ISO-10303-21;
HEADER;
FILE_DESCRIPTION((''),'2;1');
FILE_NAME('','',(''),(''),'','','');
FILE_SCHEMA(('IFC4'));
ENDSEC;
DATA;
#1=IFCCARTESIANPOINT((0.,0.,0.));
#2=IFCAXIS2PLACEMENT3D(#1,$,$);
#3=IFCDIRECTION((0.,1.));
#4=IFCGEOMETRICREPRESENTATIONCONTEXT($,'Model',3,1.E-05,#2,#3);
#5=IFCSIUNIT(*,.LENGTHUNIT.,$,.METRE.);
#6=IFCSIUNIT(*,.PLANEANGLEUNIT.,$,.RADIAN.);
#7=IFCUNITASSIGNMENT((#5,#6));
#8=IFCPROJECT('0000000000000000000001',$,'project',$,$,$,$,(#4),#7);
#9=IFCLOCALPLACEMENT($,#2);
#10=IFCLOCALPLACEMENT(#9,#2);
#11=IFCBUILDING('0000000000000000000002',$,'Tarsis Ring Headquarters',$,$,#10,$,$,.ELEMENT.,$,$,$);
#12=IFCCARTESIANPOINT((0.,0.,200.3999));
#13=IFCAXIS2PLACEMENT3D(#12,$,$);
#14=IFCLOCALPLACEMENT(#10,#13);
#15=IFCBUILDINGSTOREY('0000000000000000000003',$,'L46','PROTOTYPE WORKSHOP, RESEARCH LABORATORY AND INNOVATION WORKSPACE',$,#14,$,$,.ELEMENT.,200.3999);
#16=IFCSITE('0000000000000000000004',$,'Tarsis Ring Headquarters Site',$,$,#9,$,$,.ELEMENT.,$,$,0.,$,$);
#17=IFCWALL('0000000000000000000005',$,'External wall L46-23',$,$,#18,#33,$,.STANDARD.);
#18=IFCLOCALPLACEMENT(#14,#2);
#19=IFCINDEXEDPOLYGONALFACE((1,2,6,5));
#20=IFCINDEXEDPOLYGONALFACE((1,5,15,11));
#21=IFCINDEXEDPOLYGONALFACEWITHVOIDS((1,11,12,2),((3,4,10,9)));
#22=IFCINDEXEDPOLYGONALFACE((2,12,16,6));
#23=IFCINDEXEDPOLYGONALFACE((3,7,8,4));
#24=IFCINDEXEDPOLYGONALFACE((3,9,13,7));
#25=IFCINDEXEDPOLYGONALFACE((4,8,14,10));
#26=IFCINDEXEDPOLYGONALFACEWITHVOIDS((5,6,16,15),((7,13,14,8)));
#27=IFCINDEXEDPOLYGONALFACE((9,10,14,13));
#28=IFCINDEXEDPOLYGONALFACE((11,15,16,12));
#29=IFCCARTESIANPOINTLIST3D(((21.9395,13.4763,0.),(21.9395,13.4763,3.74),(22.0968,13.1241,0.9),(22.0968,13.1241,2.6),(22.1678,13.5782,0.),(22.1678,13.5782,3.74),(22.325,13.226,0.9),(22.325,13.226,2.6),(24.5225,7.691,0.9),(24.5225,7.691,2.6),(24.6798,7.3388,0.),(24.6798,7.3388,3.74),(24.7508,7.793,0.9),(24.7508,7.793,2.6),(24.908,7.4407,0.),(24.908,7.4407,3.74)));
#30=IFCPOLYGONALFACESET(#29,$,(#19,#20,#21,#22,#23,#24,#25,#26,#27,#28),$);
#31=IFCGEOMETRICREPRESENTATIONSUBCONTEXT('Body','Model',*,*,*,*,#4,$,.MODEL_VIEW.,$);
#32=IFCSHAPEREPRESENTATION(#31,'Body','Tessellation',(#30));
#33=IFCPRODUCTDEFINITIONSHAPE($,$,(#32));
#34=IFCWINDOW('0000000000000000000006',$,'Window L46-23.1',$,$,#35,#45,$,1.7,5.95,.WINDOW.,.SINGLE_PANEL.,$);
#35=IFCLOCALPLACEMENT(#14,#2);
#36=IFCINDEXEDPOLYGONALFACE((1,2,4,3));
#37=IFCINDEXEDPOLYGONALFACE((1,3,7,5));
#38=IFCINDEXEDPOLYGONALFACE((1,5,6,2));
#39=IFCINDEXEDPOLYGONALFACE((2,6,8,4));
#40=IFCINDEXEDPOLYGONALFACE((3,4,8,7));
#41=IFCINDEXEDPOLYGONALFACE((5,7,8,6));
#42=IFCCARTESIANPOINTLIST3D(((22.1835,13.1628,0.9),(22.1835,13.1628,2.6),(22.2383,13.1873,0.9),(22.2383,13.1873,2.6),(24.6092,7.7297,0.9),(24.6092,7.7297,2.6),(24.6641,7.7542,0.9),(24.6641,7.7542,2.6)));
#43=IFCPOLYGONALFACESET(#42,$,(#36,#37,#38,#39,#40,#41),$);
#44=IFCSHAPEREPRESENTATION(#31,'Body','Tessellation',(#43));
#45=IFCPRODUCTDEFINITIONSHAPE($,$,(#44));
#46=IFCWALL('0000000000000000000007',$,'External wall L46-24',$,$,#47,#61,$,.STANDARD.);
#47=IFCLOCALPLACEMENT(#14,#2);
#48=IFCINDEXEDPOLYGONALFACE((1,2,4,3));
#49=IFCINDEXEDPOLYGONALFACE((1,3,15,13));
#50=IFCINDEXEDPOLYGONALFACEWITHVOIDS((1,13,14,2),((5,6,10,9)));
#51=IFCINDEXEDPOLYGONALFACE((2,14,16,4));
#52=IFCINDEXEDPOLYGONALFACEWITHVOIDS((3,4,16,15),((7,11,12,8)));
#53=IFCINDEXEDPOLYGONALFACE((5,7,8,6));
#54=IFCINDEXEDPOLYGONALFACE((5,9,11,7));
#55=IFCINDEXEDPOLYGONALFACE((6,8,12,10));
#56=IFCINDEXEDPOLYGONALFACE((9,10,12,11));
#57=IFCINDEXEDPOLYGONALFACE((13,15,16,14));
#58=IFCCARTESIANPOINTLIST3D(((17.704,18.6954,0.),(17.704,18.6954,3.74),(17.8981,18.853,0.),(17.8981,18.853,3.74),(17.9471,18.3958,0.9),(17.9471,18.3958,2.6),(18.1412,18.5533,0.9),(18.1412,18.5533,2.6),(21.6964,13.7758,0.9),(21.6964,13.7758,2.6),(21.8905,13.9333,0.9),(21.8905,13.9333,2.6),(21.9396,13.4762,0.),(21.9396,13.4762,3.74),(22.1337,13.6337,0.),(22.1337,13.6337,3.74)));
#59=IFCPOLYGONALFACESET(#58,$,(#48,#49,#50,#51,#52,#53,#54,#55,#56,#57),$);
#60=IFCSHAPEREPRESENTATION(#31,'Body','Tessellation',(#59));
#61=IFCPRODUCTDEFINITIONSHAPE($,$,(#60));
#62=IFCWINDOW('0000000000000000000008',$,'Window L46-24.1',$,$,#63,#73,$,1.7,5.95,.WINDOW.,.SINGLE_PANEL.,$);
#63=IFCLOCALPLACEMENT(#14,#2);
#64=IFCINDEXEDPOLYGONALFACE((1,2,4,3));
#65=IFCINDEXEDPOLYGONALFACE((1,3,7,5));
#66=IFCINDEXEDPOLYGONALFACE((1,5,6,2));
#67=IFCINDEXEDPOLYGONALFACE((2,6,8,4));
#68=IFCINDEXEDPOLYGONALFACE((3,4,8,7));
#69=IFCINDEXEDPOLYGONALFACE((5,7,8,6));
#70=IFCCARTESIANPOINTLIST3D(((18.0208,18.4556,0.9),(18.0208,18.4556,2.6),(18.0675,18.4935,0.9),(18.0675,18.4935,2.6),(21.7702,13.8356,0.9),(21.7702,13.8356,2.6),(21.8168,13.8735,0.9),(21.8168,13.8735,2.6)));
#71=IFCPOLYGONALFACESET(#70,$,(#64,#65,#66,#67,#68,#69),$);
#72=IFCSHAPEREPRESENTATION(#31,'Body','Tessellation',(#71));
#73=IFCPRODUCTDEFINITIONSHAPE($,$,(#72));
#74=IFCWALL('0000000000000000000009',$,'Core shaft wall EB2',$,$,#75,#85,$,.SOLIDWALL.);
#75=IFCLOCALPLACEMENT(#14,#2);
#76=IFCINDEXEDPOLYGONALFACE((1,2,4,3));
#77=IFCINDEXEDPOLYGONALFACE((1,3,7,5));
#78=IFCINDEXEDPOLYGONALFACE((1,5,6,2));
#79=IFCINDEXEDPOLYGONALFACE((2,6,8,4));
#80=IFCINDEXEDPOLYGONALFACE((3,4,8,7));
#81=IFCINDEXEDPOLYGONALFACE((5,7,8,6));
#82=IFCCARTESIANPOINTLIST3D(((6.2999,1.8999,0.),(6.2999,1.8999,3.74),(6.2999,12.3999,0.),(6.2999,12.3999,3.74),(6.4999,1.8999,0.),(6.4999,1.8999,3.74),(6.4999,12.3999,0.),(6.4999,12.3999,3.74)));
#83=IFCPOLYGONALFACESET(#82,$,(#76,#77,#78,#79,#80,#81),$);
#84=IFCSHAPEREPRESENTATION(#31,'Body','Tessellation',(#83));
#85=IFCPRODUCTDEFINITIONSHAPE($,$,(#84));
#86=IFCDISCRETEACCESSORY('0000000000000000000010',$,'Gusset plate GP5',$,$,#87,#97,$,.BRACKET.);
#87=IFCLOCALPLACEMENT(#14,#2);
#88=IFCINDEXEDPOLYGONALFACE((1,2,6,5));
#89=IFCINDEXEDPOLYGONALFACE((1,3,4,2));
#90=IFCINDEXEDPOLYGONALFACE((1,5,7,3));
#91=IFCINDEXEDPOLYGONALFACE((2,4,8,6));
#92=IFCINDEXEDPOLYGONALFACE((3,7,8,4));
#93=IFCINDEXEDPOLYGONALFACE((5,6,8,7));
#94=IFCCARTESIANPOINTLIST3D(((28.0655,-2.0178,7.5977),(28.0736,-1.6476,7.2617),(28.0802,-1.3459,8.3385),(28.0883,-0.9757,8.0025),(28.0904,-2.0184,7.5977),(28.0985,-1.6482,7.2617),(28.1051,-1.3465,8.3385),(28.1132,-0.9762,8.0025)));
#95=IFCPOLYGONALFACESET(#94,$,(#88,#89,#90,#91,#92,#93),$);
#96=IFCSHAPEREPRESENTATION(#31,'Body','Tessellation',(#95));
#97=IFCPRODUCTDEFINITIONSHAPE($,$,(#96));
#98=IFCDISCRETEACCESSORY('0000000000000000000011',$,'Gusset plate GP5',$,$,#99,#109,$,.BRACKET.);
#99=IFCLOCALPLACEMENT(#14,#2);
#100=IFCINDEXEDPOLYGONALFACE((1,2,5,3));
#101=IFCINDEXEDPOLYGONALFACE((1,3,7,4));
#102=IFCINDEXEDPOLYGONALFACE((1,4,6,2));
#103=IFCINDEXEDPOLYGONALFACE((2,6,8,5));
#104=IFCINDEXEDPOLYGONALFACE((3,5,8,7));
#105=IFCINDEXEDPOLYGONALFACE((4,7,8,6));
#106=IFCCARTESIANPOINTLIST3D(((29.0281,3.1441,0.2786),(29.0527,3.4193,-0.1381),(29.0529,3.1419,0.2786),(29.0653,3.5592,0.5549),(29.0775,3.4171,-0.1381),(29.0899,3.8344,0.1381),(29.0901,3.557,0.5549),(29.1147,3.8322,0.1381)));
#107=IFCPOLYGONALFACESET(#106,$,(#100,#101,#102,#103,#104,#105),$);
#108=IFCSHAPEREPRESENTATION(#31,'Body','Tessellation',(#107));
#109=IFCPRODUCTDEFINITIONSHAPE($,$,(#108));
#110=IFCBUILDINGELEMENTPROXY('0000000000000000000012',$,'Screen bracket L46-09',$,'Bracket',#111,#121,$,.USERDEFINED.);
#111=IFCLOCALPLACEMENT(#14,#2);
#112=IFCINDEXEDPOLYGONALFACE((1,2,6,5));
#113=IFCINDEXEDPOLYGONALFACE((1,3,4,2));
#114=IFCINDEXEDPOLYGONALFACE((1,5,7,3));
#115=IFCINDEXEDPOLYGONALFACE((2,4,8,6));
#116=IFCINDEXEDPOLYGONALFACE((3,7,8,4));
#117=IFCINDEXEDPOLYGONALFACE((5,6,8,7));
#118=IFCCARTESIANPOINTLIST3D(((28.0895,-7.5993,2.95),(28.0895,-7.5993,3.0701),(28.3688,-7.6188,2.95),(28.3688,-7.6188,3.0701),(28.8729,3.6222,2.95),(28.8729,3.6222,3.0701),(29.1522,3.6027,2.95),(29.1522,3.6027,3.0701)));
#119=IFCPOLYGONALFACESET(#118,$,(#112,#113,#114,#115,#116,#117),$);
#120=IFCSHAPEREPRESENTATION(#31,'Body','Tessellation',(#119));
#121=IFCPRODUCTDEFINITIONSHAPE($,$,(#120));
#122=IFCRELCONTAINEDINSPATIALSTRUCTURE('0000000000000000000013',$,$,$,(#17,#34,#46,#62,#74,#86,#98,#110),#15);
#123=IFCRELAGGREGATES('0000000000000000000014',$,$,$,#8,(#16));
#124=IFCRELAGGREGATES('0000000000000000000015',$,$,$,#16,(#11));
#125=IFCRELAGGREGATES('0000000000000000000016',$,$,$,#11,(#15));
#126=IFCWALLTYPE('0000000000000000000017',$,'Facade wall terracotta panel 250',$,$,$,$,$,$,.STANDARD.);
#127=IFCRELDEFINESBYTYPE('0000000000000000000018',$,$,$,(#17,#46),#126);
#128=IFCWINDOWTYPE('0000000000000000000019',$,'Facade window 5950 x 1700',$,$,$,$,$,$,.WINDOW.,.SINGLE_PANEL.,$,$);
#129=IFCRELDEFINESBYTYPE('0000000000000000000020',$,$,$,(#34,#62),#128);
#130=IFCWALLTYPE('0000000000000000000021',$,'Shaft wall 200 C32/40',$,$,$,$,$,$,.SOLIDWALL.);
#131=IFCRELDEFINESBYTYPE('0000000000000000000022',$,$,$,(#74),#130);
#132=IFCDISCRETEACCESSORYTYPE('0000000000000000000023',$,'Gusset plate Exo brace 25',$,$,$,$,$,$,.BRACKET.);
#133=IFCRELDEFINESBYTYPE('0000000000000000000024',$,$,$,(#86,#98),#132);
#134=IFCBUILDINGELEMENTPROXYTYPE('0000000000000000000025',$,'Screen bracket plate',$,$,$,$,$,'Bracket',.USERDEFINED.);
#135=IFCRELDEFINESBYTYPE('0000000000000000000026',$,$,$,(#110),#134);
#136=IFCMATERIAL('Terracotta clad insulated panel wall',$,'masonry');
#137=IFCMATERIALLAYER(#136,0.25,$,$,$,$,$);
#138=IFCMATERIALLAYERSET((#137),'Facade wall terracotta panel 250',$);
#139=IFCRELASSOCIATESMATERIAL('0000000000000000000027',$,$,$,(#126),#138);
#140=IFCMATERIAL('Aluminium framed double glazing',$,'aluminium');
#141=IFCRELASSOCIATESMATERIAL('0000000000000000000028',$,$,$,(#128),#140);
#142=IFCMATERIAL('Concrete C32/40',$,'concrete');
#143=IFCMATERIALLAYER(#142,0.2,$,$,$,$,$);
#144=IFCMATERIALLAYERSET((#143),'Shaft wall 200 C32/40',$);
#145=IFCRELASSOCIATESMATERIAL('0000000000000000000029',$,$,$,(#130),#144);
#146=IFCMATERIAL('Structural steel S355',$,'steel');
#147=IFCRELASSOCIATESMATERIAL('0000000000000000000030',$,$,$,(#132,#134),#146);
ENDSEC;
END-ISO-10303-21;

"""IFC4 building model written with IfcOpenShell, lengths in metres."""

from ifc_helpers import new_model, si_unit, direction, frame, frame_2d, origin, origin_2d, place, context, subcontext, project, spatial, rectangle, extrude, material, layer, layer_set, material_profile, profile_set, type_object, element, fill, save


model = new_model("IFC4")

# Units and contexts
model_context = context("Model", 3, precision=1e-05, world=origin(), true_north=direction((0.0, 1.0)))
body_context = subcontext(model_context, "Body", "Model", "MODEL_VIEW")
ifc_project = project(units=[si_unit("LENGTHUNIT", "METRE"), si_unit("PLANEANGLEUNIT", "RADIAN")], contexts=[model_context])

# Site, building, storey
site_placement = place(None, origin())
site = spatial("IfcSite", under=ifc_project, at=site_placement, Name="Tarsis Ring Headquarters Site", CompositionType="ELEMENT", RefElevation=0.0)
building_placement = place(site_placement, origin())
building = spatial("IfcBuilding", under=site, at=building_placement, Name="Tarsis Ring Headquarters", CompositionType="ELEMENT")
storey_placement = place(building_placement, frame((0.0, 0.0, 200.3999)))
storey = spatial("IfcBuildingStorey", under=building, at=storey_placement, Name="L46", Description="PROTOTYPE WORKSHOP, RESEARCH LABORATORY AND INNOVATION WORKSPACE", CompositionType="ELEMENT", Elevation=200.3999)

# Shared definitions
ifc_material_1 = material(Name="Structural steel S355", Category="steel")

# Walls, openings, windows
ifc_material_2 = material(Name="Terracotta clad insulated panel wall", Category="masonry")
ifc_layer_1 = layer(ifc_material_2, 0.25)
ifc_layer_set_1 = layer_set([ifc_layer_1], Name="Facade wall terracotta panel 250")
wall_type_1 = type_object("IfcWallType", Name="Facade wall terracotta panel 250", PredefinedType="STANDARD", material=ifc_layer_set_1)
ifc_material_3 = material(Name="Aluminium framed double glazing", Category="aluminium")
window_type = type_object("IfcWindowType", Name="Facade window 5950 x 1700", PartitioningType="SINGLE_PANEL", PredefinedType="WINDOW", material=ifc_material_3)
wall_1_placement = place(storey_placement, frame((24.7939, 7.3896, 0.0), z_axis=(0.0, 0.0, 1.0), x_axis=(-0.407688, 0.913121, 0.0)))
wall_1 = element("IfcWall", 1, at=wall_1_placement, inside=storey, type_object=wall_type_1, Name="External wall L46-23", PredefinedType="STANDARD", context=body_context, shape_type="SweptSolid", body=[
    extrude(rectangle(XDim=6.7214, YDim=0.25, at=frame_2d((3.3608, 0.0))), origin(), (0.0, 0.0, 1.0), 3.74),
])
opening_1_placement = place(wall_1_placement, frame((0.3857, 0.0, 0.8999)))
opening_1 = element("IfcOpeningElement", 2, at=opening_1_placement, cuts=wall_1, PredefinedType="OPENING", context=body_context, shape_type="SweptSolid", body=[
    extrude(rectangle(XDim=5.95, YDim=1.7, at=frame_2d((2.9751, 0.8501))), frame((0.0, 0.135, 0.0), z_axis=(0.0, -1.0, 0.0), x_axis=(1.0, 0.0, 0.0)), (0.0, 0.0, 1.0), 0.27),
])
window_1_placement = place(opening_1_placement, origin())
window_1 = element("IfcWindow", 3, at=window_1_placement, inside=storey, type_object=window_type, Name="Window L46-23.1", OverallHeight=1.7, OverallWidth=5.95, PartitioningType="SINGLE_PANEL", PredefinedType="WINDOW", context=body_context, shape_type="SweptSolid", body=[
    extrude(rectangle(XDim=5.95, YDim=1.7, at=frame_2d((2.9751, 0.8501))), frame((0.0, 0.03, 0.0), z_axis=(0.0, -1.0, 0.0), x_axis=(1.0, 0.0, 0.0)), (0.0, 0.0, 1.0), 0.0601),
])
fill(opening_1, window_1)
wall_2_placement = place(storey_placement, frame((22.0366, 13.5549, 0.0), z_axis=(0.0, 0.0, 1.0), x_axis=(-0.630141, 0.776481, 0.0)))
wall_2 = element("IfcWall", 4, at=wall_2_placement, inside=storey, type_object=wall_type_1, Name="External wall L46-24", PredefinedType="STANDARD", context=body_context, shape_type="SweptSolid", body=[
    extrude(rectangle(XDim=6.7217, YDim=0.25, at=frame_2d((3.3608, 0.0))), origin(), (0.0, 0.0, 1.0), 3.74),
])
opening_2_placement = place(wall_2_placement, frame((0.3857, 0.0, 0.8999)))
opening_2 = element("IfcOpeningElement", 5, at=opening_2_placement, cuts=wall_2, PredefinedType="OPENING", context=body_context, shape_type="SweptSolid", body=[
    extrude(rectangle(XDim=5.95, YDim=1.7, at=frame_2d((2.9751, 0.8501))), frame((0.0, 0.135, 0.0), z_axis=(0.0, -1.0, 0.0), x_axis=(1.0, 0.0, 0.0)), (0.0, 0.0, 1.0), 0.27),
])
window_2_placement = place(opening_2_placement, origin())
window_2 = element("IfcWindow", 6, at=window_2_placement, inside=storey, type_object=window_type, Name="Window L46-24.1", OverallHeight=1.7, OverallWidth=5.95, PartitioningType="SINGLE_PANEL", PredefinedType="WINDOW", context=body_context, shape_type="SweptSolid", body=[
    extrude(rectangle(XDim=5.95, YDim=1.7, at=frame_2d((2.9751, 0.8501))), frame((0.0, 0.03, 0.0), z_axis=(0.0, -1.0, 0.0), x_axis=(1.0, 0.0, 0.0)), (0.0, 0.0, 1.0), 0.0601),
])
fill(opening_2, window_2)

# Wall
ifc_material_4 = material(Name="Concrete C32/40", Category="concrete")
ifc_layer_2 = layer(ifc_material_4, 0.2)
ifc_layer_set_2 = layer_set([ifc_layer_2], Name="Shaft wall 200 C32/40")
wall_type_2 = type_object("IfcWallType", Name="Shaft wall 200 C32/40", PredefinedType="SOLIDWALL", material=ifc_layer_set_2)
wall_3_placement = place(storey_placement, frame((6.3999, 1.8999, 0.0), z_axis=(0.0, 0.0, 1.0), x_axis=(0.0, 1.0, 0.0)))
element("IfcWall", 7, at=wall_3_placement, inside=storey, type_object=wall_type_2, Name="Core shaft wall EB2", PredefinedType="SOLIDWALL", context=body_context, shape_type="SweptSolid", body=[
    extrude(rectangle(XDim=10.5, YDim=0.2, at=frame_2d((5.25, 0.0))), origin(), (0.0, 0.0, 1.0), 3.74),
])

# Discrete accessories
ifc_material_profile_1 = material_profile(ifc_material_1, rectangle(XDim=0.0249, YDim=0.5, at=origin_2d()), Name="PL 25x500")
ifc_profile_set_1 = profile_set([ifc_material_profile_1], Name="Structural steel S355")
discrete_accessory_type = type_object("IfcDiscreteAccessoryType", Name="Gusset plate Exo brace 25", PredefinedType="BRACKET", material=ifc_profile_set_1)
discrete_accessory_1_placement = place(storey_placement, frame((28.082, -1.833, 7.4297), z_axis=(0.014646, 0.671774, 0.740611), x_axis=(-0.999762, 0.021797, 0.0)))
element("IfcDiscreteAccessory", 8, at=discrete_accessory_1_placement, inside=storey, type_object=discrete_accessory_type, Name="Gusset plate GP5", PredefinedType="BRACKET", context=body_context, shape_type="SweptSolid", body=[
    extrude(rectangle(XDim=0.0249, YDim=0.5, at=origin_2d()), origin(), (0.0, 0.0, 1.0), 1.0002),
])
discrete_accessory_2_placement = place(storey_placement, frame((29.0837, 3.6257, 0.0), z_axis=(-0.049317, -0.550301, 0.833509), x_axis=(0.996008, -0.089261, 0.0)))
element("IfcDiscreteAccessory", 9, at=discrete_accessory_2_placement, inside=storey, type_object=discrete_accessory_type, Name="Gusset plate GP5", PredefinedType="BRACKET", context=body_context, shape_type="SweptSolid", body=[
    extrude(rectangle(XDim=0.0249, YDim=0.5, at=origin_2d()), origin(), (0.0, 0.0, 1.0), 0.5),
])

# Building element proxy
building_element_proxy_type = type_object("IfcBuildingElementProxyType", Name="Screen bracket plate", ElementType="Bracket", PredefinedType="USERDEFINED", material=ifc_material_1)
proxy_placement = place(storey_placement, frame((28.6208, -1.9983, 2.95), z_axis=(0.0, 0.0, 1.0), x_axis=(0.069647, 0.997572, 0.0)))
element("IfcBuildingElementProxy", 10, at=proxy_placement, inside=storey, type_object=building_element_proxy_type, Name="Screen bracket L46-09", ObjectType="Bracket", PredefinedType="USERDEFINED", context=body_context, shape_type="SweptSolid", body=[
    extrude(rectangle(XDim=11.2488, YDim=0.28, at=origin_2d()), origin(), (0.0, 0.0, 1.0), 0.1201),
])

save(model, "model.ifc")
